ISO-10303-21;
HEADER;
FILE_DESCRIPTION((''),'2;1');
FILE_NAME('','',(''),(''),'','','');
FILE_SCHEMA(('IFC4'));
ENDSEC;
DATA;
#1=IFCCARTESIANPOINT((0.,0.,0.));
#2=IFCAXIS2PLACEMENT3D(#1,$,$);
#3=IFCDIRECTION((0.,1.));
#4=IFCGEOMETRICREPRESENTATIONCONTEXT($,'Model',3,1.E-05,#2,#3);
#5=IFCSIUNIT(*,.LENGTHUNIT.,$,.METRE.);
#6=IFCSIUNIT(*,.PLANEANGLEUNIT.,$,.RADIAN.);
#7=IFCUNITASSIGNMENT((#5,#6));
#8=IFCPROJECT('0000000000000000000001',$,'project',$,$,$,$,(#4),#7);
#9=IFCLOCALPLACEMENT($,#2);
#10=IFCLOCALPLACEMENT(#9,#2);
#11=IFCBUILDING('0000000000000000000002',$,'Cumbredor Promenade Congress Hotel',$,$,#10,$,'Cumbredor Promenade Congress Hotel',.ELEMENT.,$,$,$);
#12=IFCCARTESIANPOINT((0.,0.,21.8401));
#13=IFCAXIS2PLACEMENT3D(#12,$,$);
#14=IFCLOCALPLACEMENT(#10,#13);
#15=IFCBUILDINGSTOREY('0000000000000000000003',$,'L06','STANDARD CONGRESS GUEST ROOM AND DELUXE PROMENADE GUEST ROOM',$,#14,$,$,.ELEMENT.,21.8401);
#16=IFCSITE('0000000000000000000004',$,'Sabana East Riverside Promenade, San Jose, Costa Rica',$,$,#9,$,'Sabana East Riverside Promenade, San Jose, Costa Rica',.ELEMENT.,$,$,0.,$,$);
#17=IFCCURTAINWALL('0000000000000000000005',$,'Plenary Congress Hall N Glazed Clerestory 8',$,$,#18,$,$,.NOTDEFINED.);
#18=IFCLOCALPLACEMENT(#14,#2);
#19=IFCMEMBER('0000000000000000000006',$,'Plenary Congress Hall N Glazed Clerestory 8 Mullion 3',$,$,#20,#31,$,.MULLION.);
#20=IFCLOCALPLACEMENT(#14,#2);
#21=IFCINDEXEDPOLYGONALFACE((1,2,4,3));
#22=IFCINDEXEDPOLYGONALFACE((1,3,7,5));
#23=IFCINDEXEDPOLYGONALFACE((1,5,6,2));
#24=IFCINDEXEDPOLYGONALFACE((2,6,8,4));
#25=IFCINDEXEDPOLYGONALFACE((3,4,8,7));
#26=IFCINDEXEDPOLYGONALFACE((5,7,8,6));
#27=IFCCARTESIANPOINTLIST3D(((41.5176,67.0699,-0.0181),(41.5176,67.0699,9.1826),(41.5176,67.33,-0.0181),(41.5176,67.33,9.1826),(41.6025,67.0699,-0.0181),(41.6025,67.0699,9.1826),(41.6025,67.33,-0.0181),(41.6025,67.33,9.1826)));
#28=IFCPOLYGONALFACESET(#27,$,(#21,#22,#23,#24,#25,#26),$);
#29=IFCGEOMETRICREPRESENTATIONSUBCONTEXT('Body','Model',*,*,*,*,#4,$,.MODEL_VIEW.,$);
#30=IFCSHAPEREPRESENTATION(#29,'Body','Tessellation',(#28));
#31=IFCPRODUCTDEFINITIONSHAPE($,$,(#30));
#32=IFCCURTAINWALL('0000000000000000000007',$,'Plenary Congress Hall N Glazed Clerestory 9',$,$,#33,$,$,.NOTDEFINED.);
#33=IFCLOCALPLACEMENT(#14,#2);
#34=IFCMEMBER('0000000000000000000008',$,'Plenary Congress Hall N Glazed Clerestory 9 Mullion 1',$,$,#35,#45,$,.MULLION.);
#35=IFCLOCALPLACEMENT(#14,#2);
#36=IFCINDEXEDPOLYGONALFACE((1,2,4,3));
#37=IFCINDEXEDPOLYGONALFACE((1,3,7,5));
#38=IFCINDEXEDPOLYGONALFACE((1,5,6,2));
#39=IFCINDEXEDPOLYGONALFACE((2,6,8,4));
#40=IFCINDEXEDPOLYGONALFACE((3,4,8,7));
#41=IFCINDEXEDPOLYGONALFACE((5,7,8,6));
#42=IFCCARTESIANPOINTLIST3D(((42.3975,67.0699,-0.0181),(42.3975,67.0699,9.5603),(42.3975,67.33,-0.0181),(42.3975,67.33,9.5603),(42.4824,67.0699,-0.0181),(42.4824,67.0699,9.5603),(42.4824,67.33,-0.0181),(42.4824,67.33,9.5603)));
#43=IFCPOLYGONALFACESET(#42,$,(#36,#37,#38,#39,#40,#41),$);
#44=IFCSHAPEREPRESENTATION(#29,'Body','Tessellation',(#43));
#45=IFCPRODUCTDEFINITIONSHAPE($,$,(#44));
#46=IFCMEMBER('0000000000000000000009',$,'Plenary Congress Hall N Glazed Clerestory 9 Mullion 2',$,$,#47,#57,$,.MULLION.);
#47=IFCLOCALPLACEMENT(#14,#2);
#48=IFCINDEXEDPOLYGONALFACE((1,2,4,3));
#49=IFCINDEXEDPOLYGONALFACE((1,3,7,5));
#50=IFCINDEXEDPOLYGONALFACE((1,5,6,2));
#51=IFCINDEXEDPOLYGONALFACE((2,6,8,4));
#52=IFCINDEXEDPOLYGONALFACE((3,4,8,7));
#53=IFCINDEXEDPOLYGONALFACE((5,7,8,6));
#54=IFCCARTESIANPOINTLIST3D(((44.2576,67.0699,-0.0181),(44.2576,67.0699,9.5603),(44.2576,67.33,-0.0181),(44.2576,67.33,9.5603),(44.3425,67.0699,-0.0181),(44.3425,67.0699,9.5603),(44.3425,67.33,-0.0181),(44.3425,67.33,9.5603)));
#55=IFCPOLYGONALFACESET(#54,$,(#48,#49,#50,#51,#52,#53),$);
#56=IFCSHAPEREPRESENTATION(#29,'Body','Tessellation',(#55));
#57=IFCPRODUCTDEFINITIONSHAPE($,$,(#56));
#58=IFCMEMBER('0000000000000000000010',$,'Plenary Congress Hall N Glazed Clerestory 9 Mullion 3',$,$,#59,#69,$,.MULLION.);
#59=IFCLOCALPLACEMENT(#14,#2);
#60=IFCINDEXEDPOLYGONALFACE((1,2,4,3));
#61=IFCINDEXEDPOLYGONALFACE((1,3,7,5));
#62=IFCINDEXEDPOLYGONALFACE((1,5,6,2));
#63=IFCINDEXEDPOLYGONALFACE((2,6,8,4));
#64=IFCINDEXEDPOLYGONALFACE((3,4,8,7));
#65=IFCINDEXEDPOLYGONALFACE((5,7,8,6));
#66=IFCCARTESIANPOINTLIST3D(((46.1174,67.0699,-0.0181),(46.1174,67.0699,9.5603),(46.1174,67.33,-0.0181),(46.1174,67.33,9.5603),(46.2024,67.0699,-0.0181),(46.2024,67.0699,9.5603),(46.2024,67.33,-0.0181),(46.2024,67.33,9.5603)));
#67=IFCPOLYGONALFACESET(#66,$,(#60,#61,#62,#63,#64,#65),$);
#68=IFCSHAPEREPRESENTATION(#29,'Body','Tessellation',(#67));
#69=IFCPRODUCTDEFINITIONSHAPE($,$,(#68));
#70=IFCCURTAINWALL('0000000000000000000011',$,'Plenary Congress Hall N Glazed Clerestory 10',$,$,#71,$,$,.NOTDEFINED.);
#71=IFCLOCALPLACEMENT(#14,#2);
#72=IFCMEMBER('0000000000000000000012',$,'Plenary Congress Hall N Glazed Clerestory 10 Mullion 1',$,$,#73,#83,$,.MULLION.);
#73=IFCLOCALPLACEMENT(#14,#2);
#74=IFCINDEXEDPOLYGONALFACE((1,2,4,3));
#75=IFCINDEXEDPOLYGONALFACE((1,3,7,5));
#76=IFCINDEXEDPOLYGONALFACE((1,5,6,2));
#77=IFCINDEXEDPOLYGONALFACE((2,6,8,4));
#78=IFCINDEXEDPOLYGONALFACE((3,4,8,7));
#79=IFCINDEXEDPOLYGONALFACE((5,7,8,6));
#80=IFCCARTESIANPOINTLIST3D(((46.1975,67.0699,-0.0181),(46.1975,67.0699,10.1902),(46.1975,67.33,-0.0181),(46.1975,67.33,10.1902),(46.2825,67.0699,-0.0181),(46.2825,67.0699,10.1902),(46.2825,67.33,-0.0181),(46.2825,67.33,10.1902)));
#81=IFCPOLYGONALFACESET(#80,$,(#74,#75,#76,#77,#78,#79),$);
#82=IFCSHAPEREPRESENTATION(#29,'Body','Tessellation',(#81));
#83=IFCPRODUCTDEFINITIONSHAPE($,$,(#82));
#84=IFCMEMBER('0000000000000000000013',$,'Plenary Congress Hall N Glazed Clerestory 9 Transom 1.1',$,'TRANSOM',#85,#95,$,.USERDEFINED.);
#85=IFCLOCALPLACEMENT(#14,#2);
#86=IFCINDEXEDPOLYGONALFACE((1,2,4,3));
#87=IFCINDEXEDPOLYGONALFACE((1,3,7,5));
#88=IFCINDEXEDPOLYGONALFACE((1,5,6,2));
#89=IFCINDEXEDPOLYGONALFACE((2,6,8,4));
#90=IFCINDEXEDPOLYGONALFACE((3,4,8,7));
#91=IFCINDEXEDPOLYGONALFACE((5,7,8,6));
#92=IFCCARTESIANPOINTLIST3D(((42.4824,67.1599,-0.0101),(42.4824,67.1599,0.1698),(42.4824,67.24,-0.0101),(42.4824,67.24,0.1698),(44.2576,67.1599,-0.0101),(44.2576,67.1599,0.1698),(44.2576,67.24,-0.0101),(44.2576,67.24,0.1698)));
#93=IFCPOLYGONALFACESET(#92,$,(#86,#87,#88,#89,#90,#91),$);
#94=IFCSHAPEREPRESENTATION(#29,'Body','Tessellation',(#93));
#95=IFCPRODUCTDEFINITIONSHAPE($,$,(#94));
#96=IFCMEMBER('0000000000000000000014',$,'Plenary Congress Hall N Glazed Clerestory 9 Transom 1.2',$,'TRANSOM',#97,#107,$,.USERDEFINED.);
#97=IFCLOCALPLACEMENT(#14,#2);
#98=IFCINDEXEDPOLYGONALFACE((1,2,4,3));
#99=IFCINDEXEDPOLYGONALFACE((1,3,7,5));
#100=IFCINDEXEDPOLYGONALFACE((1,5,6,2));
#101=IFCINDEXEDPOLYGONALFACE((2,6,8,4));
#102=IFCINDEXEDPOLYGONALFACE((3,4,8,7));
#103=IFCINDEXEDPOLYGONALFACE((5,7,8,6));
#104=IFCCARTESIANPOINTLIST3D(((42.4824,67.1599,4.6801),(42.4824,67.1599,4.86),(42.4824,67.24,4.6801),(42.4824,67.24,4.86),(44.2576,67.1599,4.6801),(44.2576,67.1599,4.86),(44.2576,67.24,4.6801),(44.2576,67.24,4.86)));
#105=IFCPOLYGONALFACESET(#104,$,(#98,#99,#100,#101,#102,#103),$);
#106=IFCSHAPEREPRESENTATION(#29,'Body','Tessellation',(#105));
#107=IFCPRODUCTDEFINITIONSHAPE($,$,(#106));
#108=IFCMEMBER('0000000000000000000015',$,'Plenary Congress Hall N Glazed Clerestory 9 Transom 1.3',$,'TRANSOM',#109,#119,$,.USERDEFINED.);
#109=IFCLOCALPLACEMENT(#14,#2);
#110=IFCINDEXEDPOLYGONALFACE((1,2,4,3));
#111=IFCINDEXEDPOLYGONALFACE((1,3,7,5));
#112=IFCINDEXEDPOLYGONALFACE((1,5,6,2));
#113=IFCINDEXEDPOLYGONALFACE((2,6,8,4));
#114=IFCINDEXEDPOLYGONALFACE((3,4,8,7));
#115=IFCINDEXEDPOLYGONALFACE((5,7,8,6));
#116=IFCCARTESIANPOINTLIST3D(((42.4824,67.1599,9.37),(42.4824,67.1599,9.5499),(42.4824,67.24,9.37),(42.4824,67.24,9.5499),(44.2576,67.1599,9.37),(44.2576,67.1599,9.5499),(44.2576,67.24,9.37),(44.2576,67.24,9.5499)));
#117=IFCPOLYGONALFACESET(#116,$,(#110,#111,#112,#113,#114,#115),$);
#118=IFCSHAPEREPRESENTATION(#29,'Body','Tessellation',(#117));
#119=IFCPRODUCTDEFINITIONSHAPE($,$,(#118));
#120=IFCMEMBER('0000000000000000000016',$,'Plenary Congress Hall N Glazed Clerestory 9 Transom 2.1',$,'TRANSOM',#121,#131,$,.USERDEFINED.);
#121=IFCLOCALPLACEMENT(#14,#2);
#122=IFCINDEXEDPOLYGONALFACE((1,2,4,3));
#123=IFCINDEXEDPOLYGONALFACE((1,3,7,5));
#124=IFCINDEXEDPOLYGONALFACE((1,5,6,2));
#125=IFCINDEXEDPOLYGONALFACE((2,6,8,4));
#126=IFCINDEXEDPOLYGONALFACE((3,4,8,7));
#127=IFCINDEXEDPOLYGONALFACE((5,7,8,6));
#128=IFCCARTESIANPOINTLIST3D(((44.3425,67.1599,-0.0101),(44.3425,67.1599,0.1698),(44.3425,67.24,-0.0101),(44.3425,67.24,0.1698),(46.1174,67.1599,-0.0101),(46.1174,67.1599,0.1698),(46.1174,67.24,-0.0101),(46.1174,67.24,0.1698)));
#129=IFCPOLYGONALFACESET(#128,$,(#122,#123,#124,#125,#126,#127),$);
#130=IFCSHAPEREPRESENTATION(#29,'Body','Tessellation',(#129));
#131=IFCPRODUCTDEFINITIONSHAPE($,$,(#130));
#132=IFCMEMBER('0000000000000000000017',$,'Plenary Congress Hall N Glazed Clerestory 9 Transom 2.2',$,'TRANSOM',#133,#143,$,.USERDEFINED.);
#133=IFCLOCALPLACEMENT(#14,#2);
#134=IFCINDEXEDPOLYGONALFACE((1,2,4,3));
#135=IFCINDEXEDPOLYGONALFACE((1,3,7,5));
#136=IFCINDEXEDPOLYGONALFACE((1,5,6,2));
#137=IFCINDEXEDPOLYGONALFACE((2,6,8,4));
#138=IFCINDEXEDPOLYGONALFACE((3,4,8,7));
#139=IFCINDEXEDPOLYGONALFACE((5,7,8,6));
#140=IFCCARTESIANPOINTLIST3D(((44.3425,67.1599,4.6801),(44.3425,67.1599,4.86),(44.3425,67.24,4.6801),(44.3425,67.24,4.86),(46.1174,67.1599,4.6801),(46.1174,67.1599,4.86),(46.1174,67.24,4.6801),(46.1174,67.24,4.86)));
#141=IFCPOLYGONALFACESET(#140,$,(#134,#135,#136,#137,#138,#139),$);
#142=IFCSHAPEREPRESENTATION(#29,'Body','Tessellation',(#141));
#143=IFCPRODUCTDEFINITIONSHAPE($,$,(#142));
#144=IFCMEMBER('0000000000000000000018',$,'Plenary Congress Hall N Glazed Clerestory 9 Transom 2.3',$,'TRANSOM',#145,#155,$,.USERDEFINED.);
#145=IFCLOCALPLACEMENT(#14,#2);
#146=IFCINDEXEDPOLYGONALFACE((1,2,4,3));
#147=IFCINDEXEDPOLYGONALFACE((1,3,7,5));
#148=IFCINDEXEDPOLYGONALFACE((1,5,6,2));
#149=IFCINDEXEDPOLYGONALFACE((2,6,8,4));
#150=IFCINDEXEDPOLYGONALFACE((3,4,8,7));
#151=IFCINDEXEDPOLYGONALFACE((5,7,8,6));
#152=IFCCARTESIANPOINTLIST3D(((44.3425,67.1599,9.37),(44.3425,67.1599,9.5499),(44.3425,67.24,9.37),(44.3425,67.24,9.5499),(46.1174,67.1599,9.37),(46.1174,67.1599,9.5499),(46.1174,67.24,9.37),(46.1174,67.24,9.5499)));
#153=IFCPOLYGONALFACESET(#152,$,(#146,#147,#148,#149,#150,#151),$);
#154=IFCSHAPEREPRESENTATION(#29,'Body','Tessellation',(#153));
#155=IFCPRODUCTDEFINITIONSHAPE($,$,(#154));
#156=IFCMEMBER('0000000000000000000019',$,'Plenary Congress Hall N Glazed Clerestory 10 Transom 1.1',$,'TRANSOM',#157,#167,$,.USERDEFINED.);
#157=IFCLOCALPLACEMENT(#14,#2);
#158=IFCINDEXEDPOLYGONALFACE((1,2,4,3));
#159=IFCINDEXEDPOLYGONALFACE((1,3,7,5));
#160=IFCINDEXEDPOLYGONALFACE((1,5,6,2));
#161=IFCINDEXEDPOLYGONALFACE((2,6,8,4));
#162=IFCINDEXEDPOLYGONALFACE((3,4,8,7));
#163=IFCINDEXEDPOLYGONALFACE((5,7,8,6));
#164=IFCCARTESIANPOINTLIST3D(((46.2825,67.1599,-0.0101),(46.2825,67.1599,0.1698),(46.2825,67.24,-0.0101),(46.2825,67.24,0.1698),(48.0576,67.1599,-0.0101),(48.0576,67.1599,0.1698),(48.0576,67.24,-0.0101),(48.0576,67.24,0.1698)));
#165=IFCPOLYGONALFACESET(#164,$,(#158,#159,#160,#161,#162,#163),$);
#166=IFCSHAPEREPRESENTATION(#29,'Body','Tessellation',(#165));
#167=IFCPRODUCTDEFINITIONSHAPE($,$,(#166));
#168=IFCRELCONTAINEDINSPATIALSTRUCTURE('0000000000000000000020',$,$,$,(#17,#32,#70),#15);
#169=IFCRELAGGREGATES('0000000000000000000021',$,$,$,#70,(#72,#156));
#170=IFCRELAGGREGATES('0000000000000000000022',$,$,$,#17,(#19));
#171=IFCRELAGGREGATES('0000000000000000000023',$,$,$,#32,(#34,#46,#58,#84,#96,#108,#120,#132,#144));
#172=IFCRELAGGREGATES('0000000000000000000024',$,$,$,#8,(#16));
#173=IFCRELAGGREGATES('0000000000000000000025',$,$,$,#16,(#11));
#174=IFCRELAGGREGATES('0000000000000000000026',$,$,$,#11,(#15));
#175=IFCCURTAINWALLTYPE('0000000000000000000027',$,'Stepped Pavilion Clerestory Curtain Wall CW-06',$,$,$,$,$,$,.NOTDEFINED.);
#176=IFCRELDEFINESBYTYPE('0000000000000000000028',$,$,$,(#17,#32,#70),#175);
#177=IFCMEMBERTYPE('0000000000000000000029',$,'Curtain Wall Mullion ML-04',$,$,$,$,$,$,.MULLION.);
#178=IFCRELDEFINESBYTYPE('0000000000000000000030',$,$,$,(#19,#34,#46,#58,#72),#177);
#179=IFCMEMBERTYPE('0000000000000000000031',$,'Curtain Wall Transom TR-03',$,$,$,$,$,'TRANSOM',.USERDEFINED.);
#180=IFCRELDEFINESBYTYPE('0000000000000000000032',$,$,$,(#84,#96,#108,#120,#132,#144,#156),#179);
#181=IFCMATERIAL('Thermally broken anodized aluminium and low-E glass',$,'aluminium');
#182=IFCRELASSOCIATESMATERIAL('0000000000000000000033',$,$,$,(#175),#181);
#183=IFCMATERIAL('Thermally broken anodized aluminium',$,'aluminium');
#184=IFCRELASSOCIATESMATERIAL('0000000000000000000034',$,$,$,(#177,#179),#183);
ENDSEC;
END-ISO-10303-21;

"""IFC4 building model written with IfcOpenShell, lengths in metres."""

from ifc_helpers import new_model, si_unit, direction, frame, origin, origin_2d, place, context, subcontext, project, spatial, rectangle, extrude, material, material_profile, profile_set, type_object, element, aggregate, save


model = new_model("IFC4")

# Units and contexts
model_context = context("Model", 3, precision=1e-05, world=origin(), true_north=direction((0.0, 1.0)))
body_context = subcontext(model_context, "Body", "Model", "MODEL_VIEW")
ifc_project = project(units=[si_unit("LENGTHUNIT", "METRE"), si_unit("PLANEANGLEUNIT", "RADIAN")], contexts=[model_context])

# Site, building, storey
site_placement = place(None, origin())
site = spatial("IfcSite", under=ifc_project, at=site_placement, Name="Sabana East Riverside Promenade, San Jose, Costa Rica", LongName="Sabana East Riverside Promenade, San Jose, Costa Rica", CompositionType="ELEMENT", RefElevation=0.0)
building_placement = place(site_placement, origin())
building = spatial("IfcBuilding", under=site, at=building_placement, Name="Cumbredor Promenade Congress Hotel", LongName="Cumbredor Promenade Congress Hotel", CompositionType="ELEMENT")
storey_placement = place(building_placement, frame((0.0, 0.0, 21.8401)))
storey = spatial("IfcBuildingStorey", under=building, at=storey_placement, Name="L06", Description="STANDARD CONGRESS GUEST ROOM AND DELUXE PROMENADE GUEST ROOM", CompositionType="ELEMENT", Elevation=21.8401)

# Curtain wall, member
ifc_material_1 = material(Name="Thermally broken anodized aluminium and low-E glass", Category="aluminium")
curtain_wall_type = type_object("IfcCurtainWallType", Name="Stepped Pavilion Clerestory Curtain Wall CW-06", PredefinedType="NOTDEFINED", material=ifc_material_1)
curtain_wall_1_placement = place(storey_placement, origin())
curtain_wall_1 = element("IfcCurtainWall", 1, at=curtain_wall_1_placement, inside=storey, type_object=curtain_wall_type, Name="Plenary Congress Hall N Glazed Clerestory 8", PredefinedType="NOTDEFINED")
ifc_material_2 = material(Name="Thermally broken anodized aluminium", Category="aluminium")
ifc_material_profile_1 = material_profile(ifc_material_2, rectangle(XDim=0.085, YDim=0.26, at=origin_2d()), Name="ALU MULLION CLERESTORY 85x260")
ifc_profile_set_1 = profile_set([ifc_material_profile_1], Name="Thermally broken anodized aluminium")
member_type_1 = type_object("IfcMemberType", Name="Curtain Wall Mullion ML-04", PredefinedType="MULLION", material=ifc_profile_set_1)
member_1_placement = place(storey_placement, frame((41.5601, 67.2, -0.0181), z_axis=(0.0, 0.0, 1.0), x_axis=(1.0, 0.0, 0.0)))
member_1 = element("IfcMember", 2, at=member_1_placement, type_object=member_type_1, Name="Plenary Congress Hall N Glazed Clerestory 8 Mullion 3", PredefinedType="MULLION", context=body_context, shape_type="SweptSolid", body=[
    extrude(rectangle(XDim=0.085, YDim=0.26, at=origin_2d()), origin(), (0.0, 0.0, 1.0), 9.2007),
])

# Curtain wall, members
curtain_wall_2_placement = place(storey_placement, origin())
curtain_wall_2 = element("IfcCurtainWall", 3, at=curtain_wall_2_placement, inside=storey, type_object=curtain_wall_type, Name="Plenary Congress Hall N Glazed Clerestory 9", PredefinedType="NOTDEFINED")
member_2_placement = place(storey_placement, frame((42.4399, 67.2, -0.0181), z_axis=(0.0, 0.0, 1.0), x_axis=(1.0, 0.0, 0.0)))
member_2 = element("IfcMember", 4, at=member_2_placement, type_object=member_type_1, Name="Plenary Congress Hall N Glazed Clerestory 9 Mullion 1", PredefinedType="MULLION", context=body_context, shape_type="SweptSolid", body=[
    extrude(rectangle(XDim=0.085, YDim=0.26, at=origin_2d()), origin(), (0.0, 0.0, 1.0), 9.5784),
])
member_3_placement = place(storey_placement, frame((44.3, 67.2, -0.0181), z_axis=(0.0, 0.0, 1.0), x_axis=(1.0, 0.0, 0.0)))
member_3 = element("IfcMember", 5, at=member_3_placement, type_object=member_type_1, Name="Plenary Congress Hall N Glazed Clerestory 9 Mullion 2", PredefinedType="MULLION", context=body_context, shape_type="SweptSolid", body=[
    extrude(rectangle(XDim=0.085, YDim=0.26, at=origin_2d()), origin(), (0.0, 0.0, 1.0), 9.5784),
])
member_4_placement = place(storey_placement, frame((46.1599, 67.2, -0.0181), z_axis=(0.0, 0.0, 1.0), x_axis=(1.0, 0.0, 0.0)))
member_4 = element("IfcMember", 6, at=member_4_placement, type_object=member_type_1, Name="Plenary Congress Hall N Glazed Clerestory 9 Mullion 3", PredefinedType="MULLION", context=body_context, shape_type="SweptSolid", body=[
    extrude(rectangle(XDim=0.085, YDim=0.26, at=origin_2d()), origin(), (0.0, 0.0, 1.0), 9.5784),
])

# Curtain wall, member
curtain_wall_3_placement = place(storey_placement, origin())
curtain_wall_3 = element("IfcCurtainWall", 7, at=curtain_wall_3_placement, inside=storey, type_object=curtain_wall_type, Name="Plenary Congress Hall N Glazed Clerestory 10", PredefinedType="NOTDEFINED")
member_5_placement = place(storey_placement, frame((46.24, 67.2, -0.0181), z_axis=(0.0, 0.0, 1.0), x_axis=(1.0, 0.0, 0.0)))
member_5 = element("IfcMember", 8, at=member_5_placement, type_object=member_type_1, Name="Plenary Congress Hall N Glazed Clerestory 10 Mullion 1", PredefinedType="MULLION", context=body_context, shape_type="SweptSolid", body=[
    extrude(rectangle(XDim=0.085, YDim=0.26, at=origin_2d()), origin(), (0.0, 0.0, 1.0), 10.2083),
])

# Members
ifc_material_profile_2 = material_profile(ifc_material_2, rectangle(XDim=0.0801, YDim=0.1799, at=origin_2d()), Name="ALU TRANSOM 80x180")
ifc_profile_set_2 = profile_set([ifc_material_profile_2], Name="Thermally broken anodized aluminium")
member_type_2 = type_object("IfcMemberType", Name="Curtain Wall Transom TR-03", ElementType="TRANSOM", PredefinedType="USERDEFINED", material=ifc_profile_set_2)
member_6_placement = place(storey_placement, frame((42.4824, 67.2, 0.0798), z_axis=(1.0, 0.0, 0.0), x_axis=(0.0, 1.0, 0.0)))
member_6 = element("IfcMember", 9, at=member_6_placement, type_object=member_type_2, Name="Plenary Congress Hall N Glazed Clerestory 9 Transom 1.1", ObjectType="TRANSOM", PredefinedType="USERDEFINED", context=body_context, shape_type="SweptSolid", body=[
    extrude(rectangle(XDim=0.0801, YDim=0.1799, at=origin_2d()), origin(), (0.0, 0.0, 1.0), 1.7751),
])
member_7_placement = place(storey_placement, frame((42.4824, 67.2, 4.77), z_axis=(1.0, 0.0, 0.0), x_axis=(0.0, 1.0, 0.0)))
member_7 = element("IfcMember", 10, at=member_7_placement, type_object=member_type_2, Name="Plenary Congress Hall N Glazed Clerestory 9 Transom 1.2", ObjectType="TRANSOM", PredefinedType="USERDEFINED", context=body_context, shape_type="SweptSolid", body=[
    extrude(rectangle(XDim=0.0801, YDim=0.1799, at=origin_2d()), origin(), (0.0, 0.0, 1.0), 1.7751),
])
member_8_placement = place(storey_placement, frame((42.4824, 67.2, 9.46), z_axis=(1.0, 0.0, 0.0), x_axis=(0.0, 1.0, 0.0)))
member_8 = element("IfcMember", 11, at=member_8_placement, type_object=member_type_2, Name="Plenary Congress Hall N Glazed Clerestory 9 Transom 1.3", ObjectType="TRANSOM", PredefinedType="USERDEFINED", context=body_context, shape_type="SweptSolid", body=[
    extrude(rectangle(XDim=0.0801, YDim=0.1799, at=origin_2d()), origin(), (0.0, 0.0, 1.0), 1.7751),
])
member_9_placement = place(storey_placement, frame((44.3425, 67.2, 0.0798), z_axis=(1.0, 0.0, 0.0), x_axis=(0.0, 1.0, 0.0)))
member_9 = element("IfcMember", 12, at=member_9_placement, type_object=member_type_2, Name="Plenary Congress Hall N Glazed Clerestory 9 Transom 2.1", ObjectType="TRANSOM", PredefinedType="USERDEFINED", context=body_context, shape_type="SweptSolid", body=[
    extrude(rectangle(XDim=0.0801, YDim=0.1799, at=origin_2d()), origin(), (0.0, 0.0, 1.0), 1.7749),
])
member_10_placement = place(storey_placement, frame((44.3425, 67.2, 4.77), z_axis=(1.0, 0.0, 0.0), x_axis=(0.0, 1.0, 0.0)))
member_10 = element("IfcMember", 13, at=member_10_placement, type_object=member_type_2, Name="Plenary Congress Hall N Glazed Clerestory 9 Transom 2.2", ObjectType="TRANSOM", PredefinedType="USERDEFINED", context=body_context, shape_type="SweptSolid", body=[
    extrude(rectangle(XDim=0.0801, YDim=0.1799, at=origin_2d()), origin(), (0.0, 0.0, 1.0), 1.7749),
])
member_11_placement = place(storey_placement, frame((44.3425, 67.2, 9.46), z_axis=(1.0, 0.0, 0.0), x_axis=(0.0, 1.0, 0.0)))
member_11 = element("IfcMember", 14, at=member_11_placement, type_object=member_type_2, Name="Plenary Congress Hall N Glazed Clerestory 9 Transom 2.3", ObjectType="TRANSOM", PredefinedType="USERDEFINED", context=body_context, shape_type="SweptSolid", body=[
    extrude(rectangle(XDim=0.0801, YDim=0.1799, at=origin_2d()), origin(), (0.0, 0.0, 1.0), 1.7749),
])
member_12_placement = place(storey_placement, frame((46.2825, 67.2, 0.0798), z_axis=(1.0, 0.0, 0.0), x_axis=(0.0, 1.0, 0.0)))
member_12 = element("IfcMember", 15, at=member_12_placement, type_object=member_type_2, Name="Plenary Congress Hall N Glazed Clerestory 10 Transom 1.1", ObjectType="TRANSOM", PredefinedType="USERDEFINED", context=body_context, shape_type="SweptSolid", body=[
    extrude(rectangle(XDim=0.0801, YDim=0.1799, at=origin_2d()), origin(), (0.0, 0.0, 1.0), 1.7751),
])
aggregate(curtain_wall_3, [member_5, member_12])

aggregate(curtain_wall_1, [member_1])
aggregate(curtain_wall_2, [member_2, member_3, member_4, member_6, member_7, member_8, member_9, member_10, member_11])

save(model, "model.ifc")
